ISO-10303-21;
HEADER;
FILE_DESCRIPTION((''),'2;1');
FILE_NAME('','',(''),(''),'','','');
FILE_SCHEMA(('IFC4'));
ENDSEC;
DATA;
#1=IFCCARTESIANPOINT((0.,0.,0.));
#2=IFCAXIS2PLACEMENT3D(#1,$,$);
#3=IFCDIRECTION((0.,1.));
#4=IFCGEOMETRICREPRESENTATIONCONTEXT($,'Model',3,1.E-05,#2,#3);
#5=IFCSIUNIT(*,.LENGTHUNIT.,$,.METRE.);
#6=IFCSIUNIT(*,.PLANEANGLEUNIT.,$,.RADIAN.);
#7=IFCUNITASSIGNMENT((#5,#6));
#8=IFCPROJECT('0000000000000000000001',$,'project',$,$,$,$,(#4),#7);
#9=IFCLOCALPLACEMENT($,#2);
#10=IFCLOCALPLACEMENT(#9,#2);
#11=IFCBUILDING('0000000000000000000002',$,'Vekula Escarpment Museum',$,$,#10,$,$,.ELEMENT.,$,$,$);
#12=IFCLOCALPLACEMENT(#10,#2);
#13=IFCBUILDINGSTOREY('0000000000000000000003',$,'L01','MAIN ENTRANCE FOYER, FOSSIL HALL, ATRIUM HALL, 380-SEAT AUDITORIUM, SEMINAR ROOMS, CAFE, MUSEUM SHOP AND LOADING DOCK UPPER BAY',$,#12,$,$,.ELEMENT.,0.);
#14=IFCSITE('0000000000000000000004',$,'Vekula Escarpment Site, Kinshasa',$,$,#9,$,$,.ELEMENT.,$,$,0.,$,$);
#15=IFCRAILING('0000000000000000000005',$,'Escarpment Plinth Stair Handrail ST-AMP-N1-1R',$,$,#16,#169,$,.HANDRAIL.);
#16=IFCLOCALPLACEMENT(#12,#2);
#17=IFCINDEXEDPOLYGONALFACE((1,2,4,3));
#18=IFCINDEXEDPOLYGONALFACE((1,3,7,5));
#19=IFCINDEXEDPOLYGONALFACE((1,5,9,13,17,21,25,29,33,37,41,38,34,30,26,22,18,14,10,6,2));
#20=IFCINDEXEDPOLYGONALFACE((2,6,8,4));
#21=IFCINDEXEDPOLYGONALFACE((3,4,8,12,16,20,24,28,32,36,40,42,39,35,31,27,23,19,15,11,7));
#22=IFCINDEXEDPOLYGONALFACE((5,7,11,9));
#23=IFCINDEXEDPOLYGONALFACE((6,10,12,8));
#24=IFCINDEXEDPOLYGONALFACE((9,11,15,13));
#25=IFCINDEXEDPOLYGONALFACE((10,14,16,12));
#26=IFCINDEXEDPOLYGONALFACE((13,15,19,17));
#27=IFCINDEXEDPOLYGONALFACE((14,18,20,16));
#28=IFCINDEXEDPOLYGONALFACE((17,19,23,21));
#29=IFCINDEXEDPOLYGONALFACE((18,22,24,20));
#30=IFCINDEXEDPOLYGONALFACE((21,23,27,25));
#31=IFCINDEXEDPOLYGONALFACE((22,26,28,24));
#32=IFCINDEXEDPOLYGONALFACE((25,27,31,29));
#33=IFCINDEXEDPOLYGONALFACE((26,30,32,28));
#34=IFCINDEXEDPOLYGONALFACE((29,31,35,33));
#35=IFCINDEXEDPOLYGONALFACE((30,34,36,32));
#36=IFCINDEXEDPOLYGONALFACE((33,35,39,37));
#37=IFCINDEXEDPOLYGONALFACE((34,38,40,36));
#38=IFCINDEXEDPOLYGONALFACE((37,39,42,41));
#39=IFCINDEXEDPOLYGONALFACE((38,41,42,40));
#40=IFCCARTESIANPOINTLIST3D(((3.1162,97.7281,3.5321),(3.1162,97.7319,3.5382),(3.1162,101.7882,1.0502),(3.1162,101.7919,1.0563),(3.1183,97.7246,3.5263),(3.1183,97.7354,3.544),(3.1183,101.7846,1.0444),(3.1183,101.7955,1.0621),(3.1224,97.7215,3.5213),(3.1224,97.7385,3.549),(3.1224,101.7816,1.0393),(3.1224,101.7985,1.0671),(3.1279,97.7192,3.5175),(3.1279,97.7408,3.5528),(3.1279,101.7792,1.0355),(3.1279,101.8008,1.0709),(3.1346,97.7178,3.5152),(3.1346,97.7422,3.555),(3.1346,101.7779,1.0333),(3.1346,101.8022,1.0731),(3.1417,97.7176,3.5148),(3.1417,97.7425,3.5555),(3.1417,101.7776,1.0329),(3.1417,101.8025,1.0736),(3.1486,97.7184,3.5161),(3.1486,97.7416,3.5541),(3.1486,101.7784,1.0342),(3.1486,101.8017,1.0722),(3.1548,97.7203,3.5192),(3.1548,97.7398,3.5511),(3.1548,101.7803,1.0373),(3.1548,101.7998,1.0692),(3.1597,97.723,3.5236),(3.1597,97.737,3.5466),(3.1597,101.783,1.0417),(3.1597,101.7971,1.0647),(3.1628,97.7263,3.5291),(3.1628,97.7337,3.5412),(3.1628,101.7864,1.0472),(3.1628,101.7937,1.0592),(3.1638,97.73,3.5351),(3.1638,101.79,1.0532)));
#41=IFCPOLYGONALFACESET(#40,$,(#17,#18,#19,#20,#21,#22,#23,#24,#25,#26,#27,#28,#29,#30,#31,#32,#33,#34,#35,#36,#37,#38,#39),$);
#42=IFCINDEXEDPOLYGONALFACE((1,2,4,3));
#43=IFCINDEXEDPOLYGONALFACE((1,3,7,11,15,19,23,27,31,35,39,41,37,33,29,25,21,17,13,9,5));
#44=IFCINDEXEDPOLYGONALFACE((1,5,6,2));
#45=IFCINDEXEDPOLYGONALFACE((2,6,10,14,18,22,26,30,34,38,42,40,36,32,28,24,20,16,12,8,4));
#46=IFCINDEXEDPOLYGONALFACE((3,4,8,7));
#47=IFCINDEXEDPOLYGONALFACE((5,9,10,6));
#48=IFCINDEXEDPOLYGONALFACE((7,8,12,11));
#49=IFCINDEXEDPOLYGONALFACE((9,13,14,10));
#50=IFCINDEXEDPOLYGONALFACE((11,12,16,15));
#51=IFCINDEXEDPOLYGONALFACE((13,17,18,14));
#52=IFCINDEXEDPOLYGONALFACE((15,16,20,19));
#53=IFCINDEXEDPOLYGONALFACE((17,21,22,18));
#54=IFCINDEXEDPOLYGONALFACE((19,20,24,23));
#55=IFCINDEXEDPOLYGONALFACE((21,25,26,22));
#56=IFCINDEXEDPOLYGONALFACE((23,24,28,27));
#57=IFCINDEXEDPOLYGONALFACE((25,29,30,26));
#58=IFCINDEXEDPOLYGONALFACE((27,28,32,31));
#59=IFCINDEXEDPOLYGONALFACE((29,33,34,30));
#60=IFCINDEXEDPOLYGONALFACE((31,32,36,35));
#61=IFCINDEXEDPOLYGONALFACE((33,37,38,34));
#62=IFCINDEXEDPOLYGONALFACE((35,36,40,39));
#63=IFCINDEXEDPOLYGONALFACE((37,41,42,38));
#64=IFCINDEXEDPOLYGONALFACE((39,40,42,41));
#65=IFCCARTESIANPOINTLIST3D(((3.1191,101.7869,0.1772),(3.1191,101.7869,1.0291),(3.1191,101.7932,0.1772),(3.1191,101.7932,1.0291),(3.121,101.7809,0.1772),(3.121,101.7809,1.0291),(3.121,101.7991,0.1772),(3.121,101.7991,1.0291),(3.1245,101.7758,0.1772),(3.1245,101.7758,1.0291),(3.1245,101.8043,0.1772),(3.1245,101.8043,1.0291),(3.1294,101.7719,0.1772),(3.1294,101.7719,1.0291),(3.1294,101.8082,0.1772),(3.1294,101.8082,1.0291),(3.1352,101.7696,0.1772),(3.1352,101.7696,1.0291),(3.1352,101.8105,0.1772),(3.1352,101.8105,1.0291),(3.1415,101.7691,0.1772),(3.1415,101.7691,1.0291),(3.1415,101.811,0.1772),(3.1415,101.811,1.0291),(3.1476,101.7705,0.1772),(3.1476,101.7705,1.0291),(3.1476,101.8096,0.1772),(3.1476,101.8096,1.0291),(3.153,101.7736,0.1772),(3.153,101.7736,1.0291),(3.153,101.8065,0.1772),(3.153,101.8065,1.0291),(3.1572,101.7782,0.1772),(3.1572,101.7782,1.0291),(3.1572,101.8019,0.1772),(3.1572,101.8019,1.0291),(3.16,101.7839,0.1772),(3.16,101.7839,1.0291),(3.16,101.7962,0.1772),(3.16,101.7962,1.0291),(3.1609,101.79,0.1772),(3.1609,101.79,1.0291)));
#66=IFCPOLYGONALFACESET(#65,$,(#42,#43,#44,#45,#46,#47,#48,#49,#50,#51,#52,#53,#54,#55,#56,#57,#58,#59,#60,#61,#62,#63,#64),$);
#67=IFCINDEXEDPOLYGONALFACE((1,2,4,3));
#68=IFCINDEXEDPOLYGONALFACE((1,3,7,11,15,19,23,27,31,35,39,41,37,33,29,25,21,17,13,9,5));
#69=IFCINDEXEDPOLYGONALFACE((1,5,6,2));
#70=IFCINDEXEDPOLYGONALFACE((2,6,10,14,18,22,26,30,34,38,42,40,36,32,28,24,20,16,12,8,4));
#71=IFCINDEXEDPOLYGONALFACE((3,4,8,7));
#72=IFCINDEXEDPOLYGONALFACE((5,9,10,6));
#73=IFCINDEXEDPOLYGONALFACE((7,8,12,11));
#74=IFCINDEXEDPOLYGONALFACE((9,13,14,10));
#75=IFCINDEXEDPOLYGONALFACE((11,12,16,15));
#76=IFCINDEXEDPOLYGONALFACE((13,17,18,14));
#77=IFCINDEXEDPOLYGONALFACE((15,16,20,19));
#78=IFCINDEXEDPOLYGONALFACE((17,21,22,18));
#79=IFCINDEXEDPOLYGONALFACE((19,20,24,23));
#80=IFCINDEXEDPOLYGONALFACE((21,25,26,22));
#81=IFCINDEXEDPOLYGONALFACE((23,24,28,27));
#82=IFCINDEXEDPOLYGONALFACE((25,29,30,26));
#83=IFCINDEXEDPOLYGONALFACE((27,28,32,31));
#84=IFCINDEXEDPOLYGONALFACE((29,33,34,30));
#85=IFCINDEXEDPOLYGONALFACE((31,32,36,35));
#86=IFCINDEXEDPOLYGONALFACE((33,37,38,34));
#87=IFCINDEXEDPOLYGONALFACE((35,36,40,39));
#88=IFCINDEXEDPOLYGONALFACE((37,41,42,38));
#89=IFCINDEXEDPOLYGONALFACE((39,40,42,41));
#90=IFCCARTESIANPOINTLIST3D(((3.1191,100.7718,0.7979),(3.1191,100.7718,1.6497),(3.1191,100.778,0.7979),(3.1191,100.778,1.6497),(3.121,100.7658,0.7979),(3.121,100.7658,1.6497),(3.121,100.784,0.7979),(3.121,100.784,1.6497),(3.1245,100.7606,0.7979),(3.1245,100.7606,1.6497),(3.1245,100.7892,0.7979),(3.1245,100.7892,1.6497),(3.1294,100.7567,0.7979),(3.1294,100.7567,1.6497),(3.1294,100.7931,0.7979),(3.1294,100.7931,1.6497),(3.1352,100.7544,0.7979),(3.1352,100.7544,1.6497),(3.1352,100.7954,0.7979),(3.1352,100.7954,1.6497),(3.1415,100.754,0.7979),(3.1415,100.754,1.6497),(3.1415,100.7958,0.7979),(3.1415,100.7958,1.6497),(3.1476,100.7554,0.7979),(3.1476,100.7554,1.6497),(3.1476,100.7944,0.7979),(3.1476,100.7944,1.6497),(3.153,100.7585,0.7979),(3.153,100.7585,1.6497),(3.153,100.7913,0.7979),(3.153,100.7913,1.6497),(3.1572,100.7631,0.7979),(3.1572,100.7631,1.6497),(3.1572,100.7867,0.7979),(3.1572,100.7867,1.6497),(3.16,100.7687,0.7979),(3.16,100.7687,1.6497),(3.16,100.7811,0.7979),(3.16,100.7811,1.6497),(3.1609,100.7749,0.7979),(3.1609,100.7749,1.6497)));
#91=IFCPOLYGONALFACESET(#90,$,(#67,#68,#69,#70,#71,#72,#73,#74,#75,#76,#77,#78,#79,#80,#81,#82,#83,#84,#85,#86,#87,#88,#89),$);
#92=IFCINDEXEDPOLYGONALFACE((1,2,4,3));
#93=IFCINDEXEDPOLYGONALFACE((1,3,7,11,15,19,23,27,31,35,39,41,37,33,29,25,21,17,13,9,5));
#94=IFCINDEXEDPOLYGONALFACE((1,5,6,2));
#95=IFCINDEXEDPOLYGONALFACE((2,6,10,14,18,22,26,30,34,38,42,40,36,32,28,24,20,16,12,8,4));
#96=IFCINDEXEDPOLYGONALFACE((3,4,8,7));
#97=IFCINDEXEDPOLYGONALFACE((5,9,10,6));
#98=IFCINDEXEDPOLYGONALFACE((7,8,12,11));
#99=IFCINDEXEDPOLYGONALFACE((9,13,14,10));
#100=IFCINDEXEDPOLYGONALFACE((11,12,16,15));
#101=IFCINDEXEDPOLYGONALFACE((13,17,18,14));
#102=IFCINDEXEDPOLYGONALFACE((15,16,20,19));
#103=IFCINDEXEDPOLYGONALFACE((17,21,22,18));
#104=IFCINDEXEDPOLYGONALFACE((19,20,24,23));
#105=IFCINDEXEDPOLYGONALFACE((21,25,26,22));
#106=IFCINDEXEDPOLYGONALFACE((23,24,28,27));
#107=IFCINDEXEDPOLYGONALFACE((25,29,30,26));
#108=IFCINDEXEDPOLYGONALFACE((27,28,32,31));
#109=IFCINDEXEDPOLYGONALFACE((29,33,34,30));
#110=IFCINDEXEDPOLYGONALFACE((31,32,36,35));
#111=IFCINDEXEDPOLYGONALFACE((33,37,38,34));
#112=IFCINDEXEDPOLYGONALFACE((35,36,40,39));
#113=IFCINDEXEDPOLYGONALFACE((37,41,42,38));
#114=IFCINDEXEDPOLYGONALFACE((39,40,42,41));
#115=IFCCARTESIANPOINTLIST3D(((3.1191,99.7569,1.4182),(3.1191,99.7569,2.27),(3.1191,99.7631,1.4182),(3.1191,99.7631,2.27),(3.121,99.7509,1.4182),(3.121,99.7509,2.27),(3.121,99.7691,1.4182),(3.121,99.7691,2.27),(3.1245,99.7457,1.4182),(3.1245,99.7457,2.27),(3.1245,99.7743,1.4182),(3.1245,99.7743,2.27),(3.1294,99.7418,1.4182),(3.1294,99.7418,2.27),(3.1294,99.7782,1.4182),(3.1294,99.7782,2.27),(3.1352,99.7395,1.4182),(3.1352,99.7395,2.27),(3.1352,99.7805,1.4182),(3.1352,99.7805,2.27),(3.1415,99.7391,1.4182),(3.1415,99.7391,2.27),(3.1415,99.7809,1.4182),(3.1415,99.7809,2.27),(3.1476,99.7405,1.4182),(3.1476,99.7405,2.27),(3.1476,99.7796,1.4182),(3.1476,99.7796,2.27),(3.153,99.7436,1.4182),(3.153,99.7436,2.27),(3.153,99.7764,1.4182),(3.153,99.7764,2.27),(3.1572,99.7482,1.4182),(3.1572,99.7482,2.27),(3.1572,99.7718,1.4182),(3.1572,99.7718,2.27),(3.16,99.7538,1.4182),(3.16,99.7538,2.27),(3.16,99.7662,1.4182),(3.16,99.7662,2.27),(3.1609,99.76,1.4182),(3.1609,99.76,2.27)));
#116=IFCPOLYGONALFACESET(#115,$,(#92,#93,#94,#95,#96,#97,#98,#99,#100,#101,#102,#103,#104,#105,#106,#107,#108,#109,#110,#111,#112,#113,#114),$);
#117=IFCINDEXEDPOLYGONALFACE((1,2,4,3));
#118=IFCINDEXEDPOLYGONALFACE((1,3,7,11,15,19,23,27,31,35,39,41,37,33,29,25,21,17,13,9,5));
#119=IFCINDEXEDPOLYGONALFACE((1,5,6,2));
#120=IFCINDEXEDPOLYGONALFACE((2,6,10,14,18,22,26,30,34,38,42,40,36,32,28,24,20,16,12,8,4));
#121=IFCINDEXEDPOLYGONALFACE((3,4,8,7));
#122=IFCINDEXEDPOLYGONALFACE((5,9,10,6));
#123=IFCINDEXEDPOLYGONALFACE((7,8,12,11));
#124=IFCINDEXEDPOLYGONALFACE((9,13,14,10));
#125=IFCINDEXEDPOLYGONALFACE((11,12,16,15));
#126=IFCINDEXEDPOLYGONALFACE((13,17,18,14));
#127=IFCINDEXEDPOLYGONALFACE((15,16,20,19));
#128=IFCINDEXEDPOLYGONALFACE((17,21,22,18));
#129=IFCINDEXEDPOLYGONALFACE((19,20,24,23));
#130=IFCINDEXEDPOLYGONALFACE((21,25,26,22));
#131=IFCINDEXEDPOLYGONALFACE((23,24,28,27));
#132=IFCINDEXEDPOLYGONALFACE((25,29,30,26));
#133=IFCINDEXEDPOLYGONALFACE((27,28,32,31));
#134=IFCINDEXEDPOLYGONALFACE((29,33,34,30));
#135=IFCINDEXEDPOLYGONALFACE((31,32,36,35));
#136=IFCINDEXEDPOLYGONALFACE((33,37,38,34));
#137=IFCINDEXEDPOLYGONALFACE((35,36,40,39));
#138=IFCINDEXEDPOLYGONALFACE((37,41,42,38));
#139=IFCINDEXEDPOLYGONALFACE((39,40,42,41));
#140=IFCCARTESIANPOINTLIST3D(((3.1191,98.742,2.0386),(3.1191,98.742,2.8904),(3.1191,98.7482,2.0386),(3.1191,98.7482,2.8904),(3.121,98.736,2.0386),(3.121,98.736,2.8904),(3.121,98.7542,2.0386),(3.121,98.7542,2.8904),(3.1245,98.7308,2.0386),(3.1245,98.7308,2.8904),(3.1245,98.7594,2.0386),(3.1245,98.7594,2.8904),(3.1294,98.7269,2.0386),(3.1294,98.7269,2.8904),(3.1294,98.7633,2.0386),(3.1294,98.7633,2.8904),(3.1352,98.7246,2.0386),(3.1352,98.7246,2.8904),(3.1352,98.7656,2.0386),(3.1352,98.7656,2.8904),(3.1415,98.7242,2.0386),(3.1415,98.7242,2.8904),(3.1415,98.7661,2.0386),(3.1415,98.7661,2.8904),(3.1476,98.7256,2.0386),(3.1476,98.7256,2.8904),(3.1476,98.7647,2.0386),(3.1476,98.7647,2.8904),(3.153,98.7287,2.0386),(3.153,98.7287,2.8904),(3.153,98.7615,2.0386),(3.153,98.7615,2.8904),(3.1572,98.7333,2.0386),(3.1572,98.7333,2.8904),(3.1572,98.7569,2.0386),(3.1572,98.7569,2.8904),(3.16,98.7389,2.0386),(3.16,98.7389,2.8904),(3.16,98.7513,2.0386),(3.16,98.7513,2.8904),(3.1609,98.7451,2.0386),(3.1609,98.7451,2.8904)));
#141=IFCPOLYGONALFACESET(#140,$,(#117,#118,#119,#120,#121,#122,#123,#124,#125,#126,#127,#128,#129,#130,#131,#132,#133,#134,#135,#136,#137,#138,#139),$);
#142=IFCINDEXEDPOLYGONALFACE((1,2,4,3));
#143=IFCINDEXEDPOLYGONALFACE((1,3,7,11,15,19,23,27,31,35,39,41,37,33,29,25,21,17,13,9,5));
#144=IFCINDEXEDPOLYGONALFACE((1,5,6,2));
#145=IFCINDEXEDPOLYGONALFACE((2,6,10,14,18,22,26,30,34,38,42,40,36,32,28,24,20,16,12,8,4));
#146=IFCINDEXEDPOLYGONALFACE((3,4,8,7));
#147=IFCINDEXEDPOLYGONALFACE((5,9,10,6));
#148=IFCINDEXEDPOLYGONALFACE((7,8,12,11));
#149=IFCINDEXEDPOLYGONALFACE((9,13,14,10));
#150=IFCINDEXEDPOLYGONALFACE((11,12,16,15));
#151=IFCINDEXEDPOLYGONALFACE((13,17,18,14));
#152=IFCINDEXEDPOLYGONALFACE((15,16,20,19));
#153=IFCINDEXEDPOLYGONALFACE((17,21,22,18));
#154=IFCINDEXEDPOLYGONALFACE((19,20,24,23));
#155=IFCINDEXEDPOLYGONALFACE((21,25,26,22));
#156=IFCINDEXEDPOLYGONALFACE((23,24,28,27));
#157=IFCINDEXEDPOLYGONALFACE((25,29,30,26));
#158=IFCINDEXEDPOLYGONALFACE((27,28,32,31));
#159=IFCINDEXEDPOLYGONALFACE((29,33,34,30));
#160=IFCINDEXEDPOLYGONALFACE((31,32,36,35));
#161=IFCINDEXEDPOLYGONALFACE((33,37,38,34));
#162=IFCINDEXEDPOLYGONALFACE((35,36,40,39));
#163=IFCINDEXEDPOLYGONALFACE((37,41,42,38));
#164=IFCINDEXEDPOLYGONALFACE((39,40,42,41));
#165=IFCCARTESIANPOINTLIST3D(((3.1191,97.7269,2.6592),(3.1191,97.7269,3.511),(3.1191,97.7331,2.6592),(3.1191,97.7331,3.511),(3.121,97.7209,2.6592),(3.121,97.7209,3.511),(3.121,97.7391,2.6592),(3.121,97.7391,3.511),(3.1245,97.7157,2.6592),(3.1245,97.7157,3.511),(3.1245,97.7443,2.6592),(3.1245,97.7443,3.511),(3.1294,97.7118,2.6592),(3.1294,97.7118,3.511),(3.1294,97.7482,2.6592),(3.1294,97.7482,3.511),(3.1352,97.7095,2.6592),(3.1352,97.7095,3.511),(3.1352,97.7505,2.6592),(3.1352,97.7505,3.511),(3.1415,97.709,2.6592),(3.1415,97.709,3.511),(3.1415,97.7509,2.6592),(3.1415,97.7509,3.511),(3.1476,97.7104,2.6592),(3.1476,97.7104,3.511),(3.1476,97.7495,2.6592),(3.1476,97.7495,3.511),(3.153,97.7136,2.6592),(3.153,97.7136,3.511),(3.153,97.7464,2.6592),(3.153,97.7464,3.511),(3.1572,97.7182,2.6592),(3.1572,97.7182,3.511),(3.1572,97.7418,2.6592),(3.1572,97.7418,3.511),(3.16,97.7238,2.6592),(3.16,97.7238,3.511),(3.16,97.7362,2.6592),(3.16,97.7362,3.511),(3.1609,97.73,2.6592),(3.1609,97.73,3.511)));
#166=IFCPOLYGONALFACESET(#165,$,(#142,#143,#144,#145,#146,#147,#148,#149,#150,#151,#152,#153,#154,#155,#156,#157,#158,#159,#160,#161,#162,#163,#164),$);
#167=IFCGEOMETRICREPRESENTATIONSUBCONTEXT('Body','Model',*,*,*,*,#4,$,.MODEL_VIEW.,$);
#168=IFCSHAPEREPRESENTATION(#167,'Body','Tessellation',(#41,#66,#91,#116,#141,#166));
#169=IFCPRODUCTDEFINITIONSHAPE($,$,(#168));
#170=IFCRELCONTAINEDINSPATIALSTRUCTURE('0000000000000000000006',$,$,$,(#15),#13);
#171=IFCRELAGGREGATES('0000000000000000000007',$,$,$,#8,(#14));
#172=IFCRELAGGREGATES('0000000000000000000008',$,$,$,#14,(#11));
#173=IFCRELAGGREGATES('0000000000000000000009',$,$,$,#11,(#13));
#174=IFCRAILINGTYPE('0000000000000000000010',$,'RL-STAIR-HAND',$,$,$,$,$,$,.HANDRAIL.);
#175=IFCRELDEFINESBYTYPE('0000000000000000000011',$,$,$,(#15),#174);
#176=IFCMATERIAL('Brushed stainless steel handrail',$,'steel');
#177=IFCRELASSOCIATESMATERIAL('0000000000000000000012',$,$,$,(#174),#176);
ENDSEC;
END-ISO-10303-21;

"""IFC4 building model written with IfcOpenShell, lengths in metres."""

from ifc_helpers import new_model, si_unit, direction, frame, origin, origin_2d, place, context, subcontext, project, spatial, circle, extrude, material, type_object, element, save


model = new_model("IFC4")

# Units and contexts
model_context = context("Model", 3, precision=1e-05, world=origin(), true_north=direction((0.0, 1.0)))
body_context = subcontext(model_context, "Body", "Model", "MODEL_VIEW")
ifc_project = project(units=[si_unit("LENGTHUNIT", "METRE"), si_unit("PLANEANGLEUNIT", "RADIAN")], contexts=[model_context])

# Site, building, storey
site_placement = place(None, origin())
site = spatial("IfcSite", under=ifc_project, at=site_placement, Name="Vekula Escarpment Site, Kinshasa", CompositionType="ELEMENT", RefElevation=0.0)
building_placement = place(site_placement, origin())
building = spatial("IfcBuilding", under=site, at=building_placement, Name="Vekula Escarpment Museum", CompositionType="ELEMENT")
storey_placement = place(building_placement, origin())
storey = spatial("IfcBuildingStorey", under=building, at=storey_placement, Name="L01", Description="MAIN ENTRANCE FOYER, FOSSIL HALL, ATRIUM HALL, 380-SEAT AUDITORIUM, SEMINAR ROOMS, CAFE, MUSEUM SHOP AND LOADING DOCK UPPER BAY", CompositionType="ELEMENT", Elevation=0.0)

# Railing
ifc_material_1 = material(Name="Brushed stainless steel handrail", Category="steel")
railing_type_1 = type_object("IfcRailingType", Name="RL-STAIR-HAND", PredefinedType="HANDRAIL", material=ifc_material_1)
for number, where, name in (
    (1, (3.1399, 101.79, 0.1772), "Escarpment Plinth Stair Handrail ST-AMP-N1-1R"),
):
    element("IfcRailing", number, at=place(storey_placement, frame(where)), inside=storey, type_object=railing_type_1, Name=name, PredefinedType="HANDRAIL", context=body_context, shape_type="SweptSolid", body=[
        extrude(circle(Radius=0.0239, at=origin_2d()), frame((0.0, 0.0, 0.876), z_axis=(0.0, -0.853208, 0.52157), x_axis=(1.0, 0.0, 0.0)), (0.0, 0.0, 1.0), 4.7585),
        extrude(circle(Radius=0.021, at=origin_2d()), origin(), (0.0, 0.0, 1.0), 0.8518),
        extrude(circle(Radius=0.021, at=origin_2d()), frame((0.0, -1.0151, 0.6206)), (0.0, 0.0, 1.0), 0.8518),
        extrude(circle(Radius=0.021, at=origin_2d()), frame((0.0, -2.03, 1.241)), (0.0, 0.0, 1.0), 0.8518),
        extrude(circle(Radius=0.021, at=origin_2d()), frame((0.0, -3.0449, 1.8613)), (0.0, 0.0, 1.0), 0.8518),
        extrude(circle(Radius=0.021, at=origin_2d()), frame((0.0, -4.0601, 2.4819)), (0.0, 0.0, 1.0), 0.8518),
    ])

save(model, "model.ifc")
